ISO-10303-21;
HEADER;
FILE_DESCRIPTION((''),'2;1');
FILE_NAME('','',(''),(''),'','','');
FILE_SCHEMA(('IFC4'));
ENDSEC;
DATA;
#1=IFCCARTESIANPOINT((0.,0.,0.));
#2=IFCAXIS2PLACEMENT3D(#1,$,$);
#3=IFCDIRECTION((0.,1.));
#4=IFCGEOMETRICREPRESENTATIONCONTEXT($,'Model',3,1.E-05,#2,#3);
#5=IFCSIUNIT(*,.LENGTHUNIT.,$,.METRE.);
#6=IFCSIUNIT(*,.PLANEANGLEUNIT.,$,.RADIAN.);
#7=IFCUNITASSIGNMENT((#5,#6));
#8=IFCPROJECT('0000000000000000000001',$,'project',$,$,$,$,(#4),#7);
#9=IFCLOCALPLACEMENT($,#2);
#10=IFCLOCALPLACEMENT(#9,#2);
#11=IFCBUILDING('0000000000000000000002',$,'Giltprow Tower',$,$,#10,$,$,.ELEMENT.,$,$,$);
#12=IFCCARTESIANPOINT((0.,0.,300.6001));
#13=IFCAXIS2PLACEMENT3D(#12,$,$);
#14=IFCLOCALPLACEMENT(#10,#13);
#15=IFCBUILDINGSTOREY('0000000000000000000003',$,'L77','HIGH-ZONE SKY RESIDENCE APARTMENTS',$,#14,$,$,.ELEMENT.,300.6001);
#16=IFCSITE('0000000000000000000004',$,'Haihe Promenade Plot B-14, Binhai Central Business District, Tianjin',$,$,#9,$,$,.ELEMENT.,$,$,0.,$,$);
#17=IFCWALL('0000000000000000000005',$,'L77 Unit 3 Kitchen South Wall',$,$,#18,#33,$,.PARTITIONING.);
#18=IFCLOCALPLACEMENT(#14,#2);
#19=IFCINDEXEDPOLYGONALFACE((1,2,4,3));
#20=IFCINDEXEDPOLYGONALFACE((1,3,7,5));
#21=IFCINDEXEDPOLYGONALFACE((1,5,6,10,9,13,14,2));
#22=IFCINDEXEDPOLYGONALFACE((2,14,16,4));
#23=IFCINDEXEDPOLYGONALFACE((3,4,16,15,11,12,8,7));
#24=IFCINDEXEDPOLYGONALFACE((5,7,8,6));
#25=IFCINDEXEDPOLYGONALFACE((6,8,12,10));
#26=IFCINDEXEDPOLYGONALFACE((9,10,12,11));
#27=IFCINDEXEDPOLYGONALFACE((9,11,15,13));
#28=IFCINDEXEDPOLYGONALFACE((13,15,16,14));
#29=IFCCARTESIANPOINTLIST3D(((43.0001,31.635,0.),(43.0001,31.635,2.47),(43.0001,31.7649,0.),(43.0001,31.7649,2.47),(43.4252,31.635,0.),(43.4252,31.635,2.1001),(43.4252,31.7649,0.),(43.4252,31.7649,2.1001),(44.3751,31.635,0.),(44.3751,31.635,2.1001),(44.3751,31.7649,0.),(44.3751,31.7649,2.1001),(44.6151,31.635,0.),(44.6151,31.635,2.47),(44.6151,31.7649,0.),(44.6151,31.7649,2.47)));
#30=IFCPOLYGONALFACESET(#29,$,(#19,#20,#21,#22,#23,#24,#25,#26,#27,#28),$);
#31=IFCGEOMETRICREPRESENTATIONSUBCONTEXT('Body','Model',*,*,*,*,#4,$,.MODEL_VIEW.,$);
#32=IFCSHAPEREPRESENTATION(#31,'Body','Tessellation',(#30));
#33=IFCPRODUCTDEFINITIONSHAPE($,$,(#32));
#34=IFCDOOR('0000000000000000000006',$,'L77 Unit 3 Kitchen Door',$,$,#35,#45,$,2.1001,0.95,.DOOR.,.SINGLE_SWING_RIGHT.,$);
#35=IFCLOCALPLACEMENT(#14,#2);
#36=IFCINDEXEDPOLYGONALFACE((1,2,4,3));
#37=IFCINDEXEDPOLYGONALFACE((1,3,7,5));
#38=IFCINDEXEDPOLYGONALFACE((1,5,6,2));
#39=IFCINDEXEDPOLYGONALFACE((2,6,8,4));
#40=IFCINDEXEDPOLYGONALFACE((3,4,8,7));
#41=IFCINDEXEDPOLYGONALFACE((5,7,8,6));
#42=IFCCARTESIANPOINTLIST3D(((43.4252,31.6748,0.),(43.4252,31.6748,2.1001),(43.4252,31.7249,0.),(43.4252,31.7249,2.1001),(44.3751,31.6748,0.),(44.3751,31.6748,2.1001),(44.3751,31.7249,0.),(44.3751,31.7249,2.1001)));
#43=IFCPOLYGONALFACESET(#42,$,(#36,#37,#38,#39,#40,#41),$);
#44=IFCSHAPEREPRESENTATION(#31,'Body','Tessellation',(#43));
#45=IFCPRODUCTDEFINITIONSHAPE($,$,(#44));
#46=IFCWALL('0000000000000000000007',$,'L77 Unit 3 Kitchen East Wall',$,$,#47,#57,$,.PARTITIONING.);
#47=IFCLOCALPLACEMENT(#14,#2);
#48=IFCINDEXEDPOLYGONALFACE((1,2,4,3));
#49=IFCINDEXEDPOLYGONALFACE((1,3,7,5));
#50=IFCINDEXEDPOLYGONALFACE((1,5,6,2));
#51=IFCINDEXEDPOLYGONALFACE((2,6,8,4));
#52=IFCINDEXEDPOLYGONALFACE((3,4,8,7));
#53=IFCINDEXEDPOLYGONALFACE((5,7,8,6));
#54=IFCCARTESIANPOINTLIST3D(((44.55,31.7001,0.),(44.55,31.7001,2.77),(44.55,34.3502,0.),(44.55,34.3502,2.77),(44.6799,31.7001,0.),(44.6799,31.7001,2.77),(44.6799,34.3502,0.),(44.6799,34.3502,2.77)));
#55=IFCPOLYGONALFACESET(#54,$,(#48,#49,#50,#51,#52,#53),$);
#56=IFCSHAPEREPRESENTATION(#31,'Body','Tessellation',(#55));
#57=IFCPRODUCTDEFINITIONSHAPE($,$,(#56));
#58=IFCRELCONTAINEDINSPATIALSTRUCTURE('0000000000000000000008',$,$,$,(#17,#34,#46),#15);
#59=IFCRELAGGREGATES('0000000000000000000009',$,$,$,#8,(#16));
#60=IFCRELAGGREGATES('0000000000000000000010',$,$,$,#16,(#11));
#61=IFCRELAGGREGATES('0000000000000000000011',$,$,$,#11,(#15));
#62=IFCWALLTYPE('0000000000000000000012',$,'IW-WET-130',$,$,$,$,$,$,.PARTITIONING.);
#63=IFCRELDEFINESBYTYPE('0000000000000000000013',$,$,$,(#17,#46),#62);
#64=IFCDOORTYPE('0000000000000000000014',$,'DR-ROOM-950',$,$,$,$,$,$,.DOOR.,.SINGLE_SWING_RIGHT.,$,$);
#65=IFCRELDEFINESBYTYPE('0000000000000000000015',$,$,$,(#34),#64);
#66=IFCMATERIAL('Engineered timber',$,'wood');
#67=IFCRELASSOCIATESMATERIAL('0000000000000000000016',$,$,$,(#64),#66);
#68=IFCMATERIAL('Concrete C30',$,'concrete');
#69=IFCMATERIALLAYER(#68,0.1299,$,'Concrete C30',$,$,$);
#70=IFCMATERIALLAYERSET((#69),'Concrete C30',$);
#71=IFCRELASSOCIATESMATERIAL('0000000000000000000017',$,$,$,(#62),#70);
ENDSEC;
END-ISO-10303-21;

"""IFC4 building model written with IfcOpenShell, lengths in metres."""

from ifc_helpers import new_model, si_unit, direction, frame, frame_2d, origin, place, context, subcontext, project, spatial, rectangle, extrude, source, transform, mapped, material, layer, layer_set, type_object, element, fill, save


model = new_model("IFC4")

# Units and contexts
model_context = context("Model", 3, precision=1e-05, world=origin(), true_north=direction((0.0, 1.0)))
body_context = subcontext(model_context, "Body", "Model", "MODEL_VIEW")
ifc_project = project(units=[si_unit("LENGTHUNIT", "METRE"), si_unit("PLANEANGLEUNIT", "RADIAN")], contexts=[model_context])

# Site, building, storey
site_placement = place(None, origin())
site = spatial("IfcSite", under=ifc_project, at=site_placement, Name="Haihe Promenade Plot B-14, Binhai Central Business District, Tianjin", CompositionType="ELEMENT", RefElevation=0.0)
building_placement = place(site_placement, origin())
building = spatial("IfcBuilding", under=site, at=building_placement, Name="Giltprow Tower", CompositionType="ELEMENT")
storey_placement = place(building_placement, frame((0.0, 0.0, 300.6001)))
storey = spatial("IfcBuildingStorey", under=building, at=storey_placement, Name="L77", Description="HIGH-ZONE SKY RESIDENCE APARTMENTS", CompositionType="ELEMENT", Elevation=300.6001)

# Shared definitions
ifc_material_1 = material(Name="Engineered timber", Category="wood")
door_type_1 = type_object("IfcDoorType", Name="DR-ROOM-950", OperationType="SINGLE_SWING_RIGHT", PredefinedType="DOOR", material=ifc_material_1)
shared_shape_1 = source(origin(), body_context, "Body", "SweptSolid", [
    extrude(rectangle(XDim=0.95, YDim=2.1001, at=frame_2d((0.4751, 1.05))), frame((0.0, 0.0249, 0.0), z_axis=(0.0, -1.0, 0.0), x_axis=(1.0, 0.0, 0.0)), (0.0, 0.0, 1.0), 0.05),
])
ifc_material_2 = material(Name="Concrete C30", Category="concrete")
ifc_layer_1 = layer(ifc_material_2, 0.1299, Name="Concrete C30")
ifc_layer_set_1 = layer_set([ifc_layer_1], Name="Concrete C30")
wall_type_1 = type_object("IfcWallType", Name="IW-WET-130", PredefinedType="PARTITIONING", material=ifc_layer_set_1)

# Wall, opening, door
wall_1_placement = place(storey_placement, frame((43.0, 31.7, 0.0), z_axis=(0.0, 0.0, 1.0), x_axis=(1.0, 0.0, 0.0)))
wall_1 = element("IfcWall", 1, at=wall_1_placement, inside=storey, type_object=wall_type_1, Name="L77 Unit 3 Kitchen South Wall", PredefinedType="PARTITIONING", context=body_context, shape_type="SweptSolid", body=[
    extrude(rectangle(XDim=1.615, YDim=0.1299, at=frame_2d((0.8076, 0.0))), origin(), (0.0, 0.0, 1.0), 2.47),
])
opening_1_placement = place(wall_1_placement, frame((0.425, 0.0, 0.0)))
opening_1 = element("IfcOpeningElement", 2, at=opening_1_placement, cuts=wall_1, PredefinedType="OPENING", context=body_context, shape_type="SweptSolid", body=[
    extrude(rectangle(XDim=0.95, YDim=2.1001, at=frame_2d((0.4751, 1.05))), frame((0.0, 0.075, 0.0), z_axis=(0.0, -1.0, 0.0), x_axis=(1.0, 0.0, 0.0)), (0.0, 0.0, 1.0), 0.1499),
])
door_1_placement = place(opening_1_placement, origin())
door_1 = element("IfcDoor", 3, at=door_1_placement, inside=storey, type_object=door_type_1, Name="L77 Unit 3 Kitchen Door", OperationType="SINGLE_SWING_RIGHT", OverallHeight=2.1001, OverallWidth=0.95, PredefinedType="DOOR", context=body_context, shape_type="MappedRepresentation", body=[
    mapped(shared_shape_1, transform((0.0, 0.0, 0.0), x_axis=(1.0, 0.0, 0.0), y_axis=(0.0, 1.0, 0.0), z_axis=(0.0, 0.0, 1.0), scale=1.0)),
])
fill(opening_1, door_1)

# Wall
wall_2_placement = place(storey_placement, frame((44.615, 31.7, 0.0), z_axis=(0.0, 0.0, 1.0), x_axis=(0.0, 1.0, 0.0)))
element("IfcWall", 4, at=wall_2_placement, inside=storey, type_object=wall_type_1, Name="L77 Unit 3 Kitchen East Wall", PredefinedType="PARTITIONING", context=body_context, shape_type="SweptSolid", body=[
    extrude(rectangle(XDim=2.6501, YDim=0.1299, at=frame_2d((1.3252, 0.0))), origin(), (0.0, 0.0, 1.0), 2.77),
])

save(model, "model.ifc")
